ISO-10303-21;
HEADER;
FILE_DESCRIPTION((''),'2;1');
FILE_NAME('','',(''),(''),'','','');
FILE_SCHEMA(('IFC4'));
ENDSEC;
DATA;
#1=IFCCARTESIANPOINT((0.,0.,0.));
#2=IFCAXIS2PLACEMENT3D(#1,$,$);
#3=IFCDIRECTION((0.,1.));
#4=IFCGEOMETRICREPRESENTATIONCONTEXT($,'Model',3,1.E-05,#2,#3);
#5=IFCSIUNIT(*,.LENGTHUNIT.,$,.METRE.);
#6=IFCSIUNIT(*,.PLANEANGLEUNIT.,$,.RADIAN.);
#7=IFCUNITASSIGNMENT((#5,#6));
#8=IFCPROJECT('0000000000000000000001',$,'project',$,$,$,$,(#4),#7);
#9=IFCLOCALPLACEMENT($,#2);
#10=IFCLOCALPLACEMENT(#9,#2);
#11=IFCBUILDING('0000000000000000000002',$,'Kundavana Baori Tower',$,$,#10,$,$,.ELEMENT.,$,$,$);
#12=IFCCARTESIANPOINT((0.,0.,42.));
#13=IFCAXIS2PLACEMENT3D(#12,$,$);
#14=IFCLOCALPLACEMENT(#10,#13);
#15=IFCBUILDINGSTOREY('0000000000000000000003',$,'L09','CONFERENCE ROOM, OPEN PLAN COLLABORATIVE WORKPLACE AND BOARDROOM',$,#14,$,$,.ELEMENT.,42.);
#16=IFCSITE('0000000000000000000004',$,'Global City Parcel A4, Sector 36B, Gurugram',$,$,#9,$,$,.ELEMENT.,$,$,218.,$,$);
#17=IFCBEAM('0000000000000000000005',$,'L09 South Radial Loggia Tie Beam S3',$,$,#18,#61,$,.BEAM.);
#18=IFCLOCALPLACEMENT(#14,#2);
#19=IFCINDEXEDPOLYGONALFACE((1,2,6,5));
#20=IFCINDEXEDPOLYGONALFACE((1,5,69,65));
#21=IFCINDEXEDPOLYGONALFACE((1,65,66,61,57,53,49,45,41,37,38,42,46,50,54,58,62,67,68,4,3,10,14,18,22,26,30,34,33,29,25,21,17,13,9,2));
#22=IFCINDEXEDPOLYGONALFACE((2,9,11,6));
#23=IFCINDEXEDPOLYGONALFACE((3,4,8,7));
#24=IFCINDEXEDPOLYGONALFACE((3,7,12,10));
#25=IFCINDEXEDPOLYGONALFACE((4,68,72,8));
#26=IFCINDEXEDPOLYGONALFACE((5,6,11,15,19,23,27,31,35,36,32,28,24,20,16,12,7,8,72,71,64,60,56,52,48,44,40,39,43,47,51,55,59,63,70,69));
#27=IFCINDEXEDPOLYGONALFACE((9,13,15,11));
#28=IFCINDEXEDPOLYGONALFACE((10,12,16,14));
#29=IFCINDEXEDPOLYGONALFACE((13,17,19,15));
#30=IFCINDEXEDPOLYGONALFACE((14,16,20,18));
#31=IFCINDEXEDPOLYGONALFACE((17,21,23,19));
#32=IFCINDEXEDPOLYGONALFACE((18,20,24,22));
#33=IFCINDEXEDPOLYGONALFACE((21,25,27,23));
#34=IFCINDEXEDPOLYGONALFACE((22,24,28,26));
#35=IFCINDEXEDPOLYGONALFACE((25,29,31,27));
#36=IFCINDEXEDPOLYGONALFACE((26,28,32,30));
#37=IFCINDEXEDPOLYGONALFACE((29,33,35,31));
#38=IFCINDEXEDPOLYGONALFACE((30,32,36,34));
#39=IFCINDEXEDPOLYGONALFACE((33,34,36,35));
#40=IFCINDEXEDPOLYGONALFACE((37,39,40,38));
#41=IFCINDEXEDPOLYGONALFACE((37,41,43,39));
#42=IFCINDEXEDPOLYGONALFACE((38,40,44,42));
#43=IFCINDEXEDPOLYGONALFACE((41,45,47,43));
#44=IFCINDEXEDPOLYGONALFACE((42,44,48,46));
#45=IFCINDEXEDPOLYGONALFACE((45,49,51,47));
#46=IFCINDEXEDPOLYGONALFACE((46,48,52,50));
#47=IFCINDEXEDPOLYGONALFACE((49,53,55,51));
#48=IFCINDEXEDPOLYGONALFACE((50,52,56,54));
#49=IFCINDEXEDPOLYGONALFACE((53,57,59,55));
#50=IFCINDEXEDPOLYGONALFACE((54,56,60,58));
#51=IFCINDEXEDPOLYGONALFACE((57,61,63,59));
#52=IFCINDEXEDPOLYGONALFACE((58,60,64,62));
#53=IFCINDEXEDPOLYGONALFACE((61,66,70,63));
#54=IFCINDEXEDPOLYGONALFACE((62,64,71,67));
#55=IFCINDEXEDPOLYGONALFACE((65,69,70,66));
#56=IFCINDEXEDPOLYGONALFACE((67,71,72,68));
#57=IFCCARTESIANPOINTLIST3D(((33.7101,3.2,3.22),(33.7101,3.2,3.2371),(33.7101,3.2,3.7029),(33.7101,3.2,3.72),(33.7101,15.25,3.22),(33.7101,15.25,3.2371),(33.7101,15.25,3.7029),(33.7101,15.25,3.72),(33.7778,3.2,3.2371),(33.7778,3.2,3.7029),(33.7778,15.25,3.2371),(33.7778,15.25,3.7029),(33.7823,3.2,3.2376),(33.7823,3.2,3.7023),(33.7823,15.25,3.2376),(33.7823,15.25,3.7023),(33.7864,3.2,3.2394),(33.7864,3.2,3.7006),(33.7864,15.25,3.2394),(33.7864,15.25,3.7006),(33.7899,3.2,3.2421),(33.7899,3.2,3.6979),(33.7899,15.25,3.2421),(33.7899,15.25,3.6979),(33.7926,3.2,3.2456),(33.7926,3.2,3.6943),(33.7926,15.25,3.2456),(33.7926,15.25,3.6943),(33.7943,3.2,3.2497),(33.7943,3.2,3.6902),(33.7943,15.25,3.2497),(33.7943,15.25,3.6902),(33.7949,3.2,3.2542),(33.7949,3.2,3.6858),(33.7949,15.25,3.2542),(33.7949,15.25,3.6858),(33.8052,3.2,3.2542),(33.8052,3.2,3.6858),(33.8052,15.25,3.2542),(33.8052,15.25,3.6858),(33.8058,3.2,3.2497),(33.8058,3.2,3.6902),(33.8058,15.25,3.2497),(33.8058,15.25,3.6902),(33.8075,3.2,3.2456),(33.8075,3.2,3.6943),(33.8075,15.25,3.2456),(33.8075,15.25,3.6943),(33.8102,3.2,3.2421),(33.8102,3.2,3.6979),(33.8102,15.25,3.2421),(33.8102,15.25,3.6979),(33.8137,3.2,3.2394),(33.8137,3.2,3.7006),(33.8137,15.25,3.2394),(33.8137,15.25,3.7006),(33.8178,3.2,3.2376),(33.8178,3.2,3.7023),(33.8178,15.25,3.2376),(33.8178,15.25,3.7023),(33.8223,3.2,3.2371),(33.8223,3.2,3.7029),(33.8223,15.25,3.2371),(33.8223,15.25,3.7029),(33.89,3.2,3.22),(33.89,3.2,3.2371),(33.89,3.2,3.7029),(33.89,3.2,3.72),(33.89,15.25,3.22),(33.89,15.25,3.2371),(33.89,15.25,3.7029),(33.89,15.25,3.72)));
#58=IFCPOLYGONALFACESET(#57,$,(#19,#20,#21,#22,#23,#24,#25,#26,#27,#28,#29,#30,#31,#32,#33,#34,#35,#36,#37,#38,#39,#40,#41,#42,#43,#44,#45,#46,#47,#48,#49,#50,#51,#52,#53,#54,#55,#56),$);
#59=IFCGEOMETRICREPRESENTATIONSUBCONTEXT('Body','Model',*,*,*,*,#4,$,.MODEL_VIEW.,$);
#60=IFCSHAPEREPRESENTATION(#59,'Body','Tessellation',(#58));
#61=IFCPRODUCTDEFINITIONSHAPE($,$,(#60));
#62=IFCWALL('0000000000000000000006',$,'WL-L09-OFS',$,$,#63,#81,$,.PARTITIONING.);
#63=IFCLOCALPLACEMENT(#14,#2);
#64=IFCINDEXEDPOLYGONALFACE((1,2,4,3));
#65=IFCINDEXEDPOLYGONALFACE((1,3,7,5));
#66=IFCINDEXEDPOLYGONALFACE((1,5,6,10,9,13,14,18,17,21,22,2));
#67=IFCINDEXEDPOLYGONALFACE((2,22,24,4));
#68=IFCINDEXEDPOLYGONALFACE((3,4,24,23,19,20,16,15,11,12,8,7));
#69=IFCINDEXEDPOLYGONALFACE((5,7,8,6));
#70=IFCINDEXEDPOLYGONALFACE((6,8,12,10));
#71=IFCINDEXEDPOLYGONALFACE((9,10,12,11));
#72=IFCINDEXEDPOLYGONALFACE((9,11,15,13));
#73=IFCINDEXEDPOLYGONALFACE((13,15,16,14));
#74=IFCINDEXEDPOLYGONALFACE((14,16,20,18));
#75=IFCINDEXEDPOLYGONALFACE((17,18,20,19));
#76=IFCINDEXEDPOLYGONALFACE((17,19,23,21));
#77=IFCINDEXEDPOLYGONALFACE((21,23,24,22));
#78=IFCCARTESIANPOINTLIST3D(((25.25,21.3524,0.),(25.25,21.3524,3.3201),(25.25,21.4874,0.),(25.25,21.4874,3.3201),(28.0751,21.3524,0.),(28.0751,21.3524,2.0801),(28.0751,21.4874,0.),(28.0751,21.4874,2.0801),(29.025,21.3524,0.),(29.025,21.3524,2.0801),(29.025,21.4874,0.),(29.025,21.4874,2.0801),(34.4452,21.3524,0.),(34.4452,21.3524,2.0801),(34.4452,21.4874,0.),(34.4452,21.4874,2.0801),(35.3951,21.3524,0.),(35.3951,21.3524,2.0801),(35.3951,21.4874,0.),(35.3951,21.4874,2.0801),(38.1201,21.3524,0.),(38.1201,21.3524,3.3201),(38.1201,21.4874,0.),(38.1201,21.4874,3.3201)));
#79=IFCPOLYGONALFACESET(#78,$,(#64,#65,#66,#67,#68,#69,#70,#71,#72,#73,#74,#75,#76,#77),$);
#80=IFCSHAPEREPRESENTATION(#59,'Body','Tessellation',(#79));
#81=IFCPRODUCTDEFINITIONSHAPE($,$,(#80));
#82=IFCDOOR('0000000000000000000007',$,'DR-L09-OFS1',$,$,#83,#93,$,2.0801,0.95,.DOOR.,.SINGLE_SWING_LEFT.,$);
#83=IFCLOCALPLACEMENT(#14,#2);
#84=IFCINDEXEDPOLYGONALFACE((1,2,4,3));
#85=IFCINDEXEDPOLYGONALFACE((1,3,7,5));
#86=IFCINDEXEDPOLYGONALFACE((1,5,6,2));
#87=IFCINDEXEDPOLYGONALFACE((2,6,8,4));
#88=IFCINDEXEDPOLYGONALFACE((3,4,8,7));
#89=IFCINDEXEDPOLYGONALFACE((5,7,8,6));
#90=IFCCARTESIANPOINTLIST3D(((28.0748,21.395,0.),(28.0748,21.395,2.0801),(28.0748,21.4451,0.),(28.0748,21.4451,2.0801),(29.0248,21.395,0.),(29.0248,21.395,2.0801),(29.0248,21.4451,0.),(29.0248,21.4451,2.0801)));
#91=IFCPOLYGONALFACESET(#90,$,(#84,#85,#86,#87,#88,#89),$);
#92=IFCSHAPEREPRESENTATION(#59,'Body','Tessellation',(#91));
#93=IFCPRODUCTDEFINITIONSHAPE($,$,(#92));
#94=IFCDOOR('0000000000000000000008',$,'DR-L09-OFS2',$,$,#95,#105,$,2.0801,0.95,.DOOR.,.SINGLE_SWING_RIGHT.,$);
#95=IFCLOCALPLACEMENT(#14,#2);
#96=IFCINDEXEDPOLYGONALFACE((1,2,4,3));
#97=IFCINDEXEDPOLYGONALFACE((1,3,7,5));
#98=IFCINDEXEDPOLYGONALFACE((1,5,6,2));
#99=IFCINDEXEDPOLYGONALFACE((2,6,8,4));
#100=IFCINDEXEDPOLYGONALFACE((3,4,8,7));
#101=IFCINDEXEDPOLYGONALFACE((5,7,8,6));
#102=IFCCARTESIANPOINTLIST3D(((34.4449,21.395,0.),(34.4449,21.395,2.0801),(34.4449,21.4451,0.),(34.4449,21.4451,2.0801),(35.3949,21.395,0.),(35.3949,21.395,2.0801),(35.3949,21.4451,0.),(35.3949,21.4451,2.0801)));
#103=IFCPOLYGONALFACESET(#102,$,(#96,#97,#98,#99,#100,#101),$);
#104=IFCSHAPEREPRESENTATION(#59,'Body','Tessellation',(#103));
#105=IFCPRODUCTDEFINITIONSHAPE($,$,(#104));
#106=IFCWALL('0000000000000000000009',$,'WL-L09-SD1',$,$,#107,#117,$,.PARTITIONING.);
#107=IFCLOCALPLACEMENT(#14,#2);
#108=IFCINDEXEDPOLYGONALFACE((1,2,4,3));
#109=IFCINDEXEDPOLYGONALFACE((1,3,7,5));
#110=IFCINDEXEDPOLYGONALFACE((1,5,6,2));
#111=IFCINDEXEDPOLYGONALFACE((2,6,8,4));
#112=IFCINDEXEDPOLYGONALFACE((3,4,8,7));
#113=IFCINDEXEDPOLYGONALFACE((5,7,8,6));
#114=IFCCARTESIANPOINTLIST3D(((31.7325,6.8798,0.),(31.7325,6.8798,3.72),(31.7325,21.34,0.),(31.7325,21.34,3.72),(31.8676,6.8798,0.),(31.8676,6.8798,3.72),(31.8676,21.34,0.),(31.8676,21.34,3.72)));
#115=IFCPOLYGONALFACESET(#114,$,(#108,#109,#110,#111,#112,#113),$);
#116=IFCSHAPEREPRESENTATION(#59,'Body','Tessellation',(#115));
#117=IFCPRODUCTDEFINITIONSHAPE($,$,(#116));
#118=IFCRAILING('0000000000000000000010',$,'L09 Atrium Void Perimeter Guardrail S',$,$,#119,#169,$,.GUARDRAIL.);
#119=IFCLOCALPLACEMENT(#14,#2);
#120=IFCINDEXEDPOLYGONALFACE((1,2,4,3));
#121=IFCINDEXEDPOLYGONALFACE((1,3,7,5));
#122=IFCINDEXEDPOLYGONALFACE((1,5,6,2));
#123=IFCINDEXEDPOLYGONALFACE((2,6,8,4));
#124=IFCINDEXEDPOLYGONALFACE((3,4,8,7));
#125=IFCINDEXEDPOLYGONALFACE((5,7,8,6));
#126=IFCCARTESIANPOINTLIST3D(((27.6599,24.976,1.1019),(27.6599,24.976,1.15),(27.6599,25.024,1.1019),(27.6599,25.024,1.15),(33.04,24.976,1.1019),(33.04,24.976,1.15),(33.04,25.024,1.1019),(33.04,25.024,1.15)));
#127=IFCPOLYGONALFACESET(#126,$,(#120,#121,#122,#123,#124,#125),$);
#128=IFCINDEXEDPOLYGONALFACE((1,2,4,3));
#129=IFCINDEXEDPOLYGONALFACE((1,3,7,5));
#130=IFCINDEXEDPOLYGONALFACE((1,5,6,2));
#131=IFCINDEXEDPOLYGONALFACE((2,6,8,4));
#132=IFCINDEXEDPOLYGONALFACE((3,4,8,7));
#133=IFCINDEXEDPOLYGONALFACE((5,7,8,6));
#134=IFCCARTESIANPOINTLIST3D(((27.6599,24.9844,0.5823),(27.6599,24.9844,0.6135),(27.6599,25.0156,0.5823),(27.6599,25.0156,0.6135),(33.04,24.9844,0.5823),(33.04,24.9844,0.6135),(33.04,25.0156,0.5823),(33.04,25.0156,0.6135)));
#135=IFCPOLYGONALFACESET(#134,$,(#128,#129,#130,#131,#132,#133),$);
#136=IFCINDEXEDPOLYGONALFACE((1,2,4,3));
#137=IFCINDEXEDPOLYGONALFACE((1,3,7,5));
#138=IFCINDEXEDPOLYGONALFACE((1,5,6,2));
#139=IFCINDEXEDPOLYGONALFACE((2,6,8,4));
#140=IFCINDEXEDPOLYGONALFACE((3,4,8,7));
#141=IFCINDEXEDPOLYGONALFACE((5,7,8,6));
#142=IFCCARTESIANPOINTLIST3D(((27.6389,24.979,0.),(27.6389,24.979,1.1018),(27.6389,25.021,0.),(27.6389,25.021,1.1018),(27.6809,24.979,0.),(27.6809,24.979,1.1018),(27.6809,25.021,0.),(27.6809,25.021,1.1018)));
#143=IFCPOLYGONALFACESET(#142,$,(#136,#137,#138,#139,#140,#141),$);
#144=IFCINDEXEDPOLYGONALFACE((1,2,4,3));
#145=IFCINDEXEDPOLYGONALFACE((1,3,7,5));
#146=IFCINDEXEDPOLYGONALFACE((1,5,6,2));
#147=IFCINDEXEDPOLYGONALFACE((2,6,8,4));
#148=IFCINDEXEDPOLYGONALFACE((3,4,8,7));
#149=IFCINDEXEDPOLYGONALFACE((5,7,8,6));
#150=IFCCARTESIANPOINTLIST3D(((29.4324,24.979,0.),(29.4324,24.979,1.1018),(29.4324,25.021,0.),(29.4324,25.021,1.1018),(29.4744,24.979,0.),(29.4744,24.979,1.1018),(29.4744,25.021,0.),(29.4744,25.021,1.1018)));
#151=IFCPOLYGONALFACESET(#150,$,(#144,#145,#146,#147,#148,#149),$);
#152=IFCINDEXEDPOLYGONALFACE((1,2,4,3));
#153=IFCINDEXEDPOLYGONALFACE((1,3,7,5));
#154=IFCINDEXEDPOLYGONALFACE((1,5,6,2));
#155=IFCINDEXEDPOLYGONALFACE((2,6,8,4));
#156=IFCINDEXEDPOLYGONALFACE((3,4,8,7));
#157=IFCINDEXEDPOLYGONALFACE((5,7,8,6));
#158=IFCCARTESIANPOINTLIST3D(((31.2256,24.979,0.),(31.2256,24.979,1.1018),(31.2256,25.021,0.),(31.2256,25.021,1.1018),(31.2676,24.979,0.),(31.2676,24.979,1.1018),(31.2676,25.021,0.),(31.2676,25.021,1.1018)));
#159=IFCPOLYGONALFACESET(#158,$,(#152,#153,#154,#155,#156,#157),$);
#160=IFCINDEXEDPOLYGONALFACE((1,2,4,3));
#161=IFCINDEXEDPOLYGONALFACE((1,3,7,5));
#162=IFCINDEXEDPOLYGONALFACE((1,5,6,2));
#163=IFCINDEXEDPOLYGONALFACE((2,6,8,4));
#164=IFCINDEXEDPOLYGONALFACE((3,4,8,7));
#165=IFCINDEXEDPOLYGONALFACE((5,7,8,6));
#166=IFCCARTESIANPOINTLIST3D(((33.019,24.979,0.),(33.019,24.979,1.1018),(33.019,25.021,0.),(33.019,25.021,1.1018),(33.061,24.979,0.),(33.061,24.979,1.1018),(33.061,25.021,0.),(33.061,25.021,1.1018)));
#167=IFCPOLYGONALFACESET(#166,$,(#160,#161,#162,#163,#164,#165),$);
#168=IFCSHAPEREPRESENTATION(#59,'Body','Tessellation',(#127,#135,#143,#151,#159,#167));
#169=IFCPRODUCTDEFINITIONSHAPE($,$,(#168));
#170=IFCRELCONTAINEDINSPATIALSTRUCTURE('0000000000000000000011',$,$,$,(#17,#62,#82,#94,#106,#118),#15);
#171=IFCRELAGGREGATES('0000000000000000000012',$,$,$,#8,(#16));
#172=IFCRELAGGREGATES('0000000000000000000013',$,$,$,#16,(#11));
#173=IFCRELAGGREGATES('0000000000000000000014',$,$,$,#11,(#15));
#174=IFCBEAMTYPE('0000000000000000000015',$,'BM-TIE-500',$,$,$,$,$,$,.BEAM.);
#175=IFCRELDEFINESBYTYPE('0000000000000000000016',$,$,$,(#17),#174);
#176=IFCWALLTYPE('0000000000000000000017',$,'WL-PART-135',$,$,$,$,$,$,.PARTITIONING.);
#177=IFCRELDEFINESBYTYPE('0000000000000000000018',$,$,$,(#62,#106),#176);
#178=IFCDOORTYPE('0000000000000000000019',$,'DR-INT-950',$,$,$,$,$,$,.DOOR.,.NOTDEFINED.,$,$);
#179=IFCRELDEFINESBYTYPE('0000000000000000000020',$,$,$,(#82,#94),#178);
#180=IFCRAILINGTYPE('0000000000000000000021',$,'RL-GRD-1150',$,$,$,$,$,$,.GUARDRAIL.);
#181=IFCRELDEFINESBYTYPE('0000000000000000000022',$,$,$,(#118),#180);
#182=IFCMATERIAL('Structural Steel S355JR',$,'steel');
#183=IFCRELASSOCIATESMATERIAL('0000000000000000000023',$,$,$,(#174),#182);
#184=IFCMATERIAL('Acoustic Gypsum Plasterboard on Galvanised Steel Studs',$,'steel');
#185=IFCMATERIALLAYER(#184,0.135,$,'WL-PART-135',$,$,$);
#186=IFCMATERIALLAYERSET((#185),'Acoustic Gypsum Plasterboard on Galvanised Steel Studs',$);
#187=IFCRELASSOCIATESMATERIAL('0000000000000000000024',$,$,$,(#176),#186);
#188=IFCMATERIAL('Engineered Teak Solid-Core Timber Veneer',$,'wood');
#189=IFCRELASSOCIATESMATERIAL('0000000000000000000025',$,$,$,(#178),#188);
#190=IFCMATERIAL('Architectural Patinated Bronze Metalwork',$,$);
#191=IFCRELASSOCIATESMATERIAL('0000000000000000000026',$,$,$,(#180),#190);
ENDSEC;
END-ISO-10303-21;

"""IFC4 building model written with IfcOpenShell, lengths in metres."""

from ifc_helpers import new_model, si_unit, direction, frame, frame_2d, origin, origin_2d, place, context, subcontext, project, spatial, rectangle, i_section, extrude, material, layer, layer_set, material_profile, profile_set, type_object, element, fill, save


model = new_model("IFC4")

# Units and contexts
model_context = context("Model", 3, precision=1e-05, world=origin(), true_north=direction((0.0, 1.0)))
body_context = subcontext(model_context, "Body", "Model", "MODEL_VIEW")
ifc_project = project(units=[si_unit("LENGTHUNIT", "METRE"), si_unit("PLANEANGLEUNIT", "RADIAN")], contexts=[model_context])

# Site, building, storey
site_placement = place(None, origin())
site = spatial("IfcSite", under=ifc_project, at=site_placement, Name="Global City Parcel A4, Sector 36B, Gurugram", CompositionType="ELEMENT", RefElevation=218.0)
building_placement = place(site_placement, origin())
building = spatial("IfcBuilding", under=site, at=building_placement, Name="Kundavana Baori Tower", CompositionType="ELEMENT")
storey_placement = place(building_placement, frame((0.0, 0.0, 42.0)))
storey = spatial("IfcBuildingStorey", under=building, at=storey_placement, Name="L09", Description="CONFERENCE ROOM, OPEN PLAN COLLABORATIVE WORKPLACE AND BOARDROOM", CompositionType="ELEMENT", Elevation=42.0)

# Beam
ifc_material_1 = material(Name="Structural Steel S355JR", Category="steel")
ifc_material_profile_1 = material_profile(ifc_material_1, i_section(OverallWidth=0.1799, OverallDepth=0.5, WebThickness=0.0103, FlangeThickness=0.0171, FilletRadius=0.0171, at=origin_2d()), Name="ISMB 500")
ifc_profile_set_1 = profile_set([ifc_material_profile_1], Name="Structural Steel S355JR")
beam_type_1 = type_object("IfcBeamType", Name="BM-TIE-500", PredefinedType="BEAM", material=ifc_profile_set_1)
for number, where, z_axis, x_axis, name in (
    (1, (33.8, 15.25, 3.47), (0.0, -1.0, 0.0), (1.0, 0.0, 0.0), "L09 South Radial Loggia Tie Beam S3"),
):
    element("IfcBeam", number, at=place(storey_placement, frame(where, z_axis=z_axis, x_axis=x_axis)), inside=storey, type_object=beam_type_1, Name=name, PredefinedType="BEAM", context=body_context, shape_type="SweptSolid", body=[
        extrude(i_section(OverallWidth=0.1799, OverallDepth=0.5, WebThickness=0.0103, FlangeThickness=0.0171, FilletRadius=0.0171, at=origin_2d()), origin(), (0.0, 0.0, 1.0), 12.05),
    ])

# Wall, openings, doors
ifc_material_2 = material(Name="Acoustic Gypsum Plasterboard on Galvanised Steel Studs", Category="steel")
ifc_layer = layer(ifc_material_2, 0.135, Name="WL-PART-135")
ifc_layer_set = layer_set([ifc_layer], Name="Acoustic Gypsum Plasterboard on Galvanised Steel Studs")
wall_type = type_object("IfcWallType", Name="WL-PART-135", PredefinedType="PARTITIONING", material=ifc_layer_set)
wall_1_placement = place(storey_placement, frame((25.25, 21.4199, 0.0), z_axis=(0.0, 0.0, 1.0), x_axis=(1.0, 0.0, 0.0)))
wall_1 = element("IfcWall", 2, at=wall_1_placement, inside=storey, type_object=wall_type, Name="WL-L09-OFS", PredefinedType="PARTITIONING", context=body_context, shape_type="SweptSolid", body=[
    extrude(rectangle(XDim=12.8701, YDim=0.135, at=frame_2d((6.4351, 0.0))), origin(), (0.0, 0.0, 1.0), 3.3201),
])
opening_1_placement = place(wall_1_placement, frame((2.825, 0.0, 0.0)))
opening_1 = element("IfcOpeningElement", 3, at=opening_1_placement, cuts=wall_1, PredefinedType="OPENING", context=body_context, shape_type="SweptSolid", body=[
    extrude(rectangle(XDim=0.95, YDim=2.0801, at=frame_2d((0.4751, 1.04))), frame((0.0, 0.0776, 0.0), z_axis=(0.0, -1.0, 0.0), x_axis=(1.0, 0.0, 0.0)), (0.0, 0.0, 1.0), 0.155),
])
opening_2_placement = place(wall_1_placement, frame((9.1951, 0.0, 0.0)))
opening_2 = element("IfcOpeningElement", 4, at=opening_2_placement, cuts=wall_1, PredefinedType="OPENING", context=body_context, shape_type="SweptSolid", body=[
    extrude(rectangle(XDim=0.95, YDim=2.0801, at=frame_2d((0.4751, 1.04))), frame((0.0, 0.0776, 0.0), z_axis=(0.0, -1.0, 0.0), x_axis=(1.0, 0.0, 0.0)), (0.0, 0.0, 1.0), 0.155),
])
ifc_material_3 = material(Name="Engineered Teak Solid-Core Timber Veneer", Category="wood")
door_type = type_object("IfcDoorType", Name="DR-INT-950", OperationType="NOTDEFINED", PredefinedType="DOOR", material=ifc_material_3)
door_1_placement = place(opening_1_placement, frame((0.95, 0.0, 0.0), z_axis=(0.0, 0.0, 1.0), x_axis=(-1.0, 0.0, 0.0)))
door_1 = element("IfcDoor", 5, at=door_1_placement, inside=storey, type_object=door_type, Name="DR-L09-OFS1", OperationType="SINGLE_SWING_LEFT", OverallHeight=2.0801, OverallWidth=0.95, PredefinedType="DOOR", context=body_context, shape_type="SweptSolid", body=[
    extrude(rectangle(XDim=0.95, YDim=2.0801, at=frame_2d((0.4751, 1.04))), frame((0.0, 0.0249, 0.0), z_axis=(0.0, -1.0, 0.0), x_axis=(1.0, 0.0, 0.0)), (0.0, 0.0, 1.0), 0.05),
])
fill(opening_1, door_1)
door_2_placement = place(opening_2_placement, frame((0.95, 0.0, 0.0), z_axis=(0.0, 0.0, 1.0), x_axis=(-1.0, 0.0, 0.0)))
door_2 = element("IfcDoor", 6, at=door_2_placement, inside=storey, type_object=door_type, Name="DR-L09-OFS2", OperationType="SINGLE_SWING_RIGHT", OverallHeight=2.0801, OverallWidth=0.95, PredefinedType="DOOR", context=body_context, shape_type="SweptSolid", body=[
    extrude(rectangle(XDim=0.95, YDim=2.0801, at=frame_2d((0.4751, 1.04))), frame((0.0, 0.0249, 0.0), z_axis=(0.0, -1.0, 0.0), x_axis=(1.0, 0.0, 0.0)), (0.0, 0.0, 1.0), 0.05),
])
fill(opening_2, door_2)

# Wall
wall_2_placement = place(storey_placement, frame((31.8, 6.8799, 0.0), z_axis=(0.0, 0.0, 1.0), x_axis=(0.0, 1.0, 0.0)))
element("IfcWall", 7, at=wall_2_placement, inside=storey, type_object=wall_type, Name="WL-L09-SD1", PredefinedType="PARTITIONING", context=body_context, shape_type="SweptSolid", body=[
    extrude(rectangle(XDim=14.4602, YDim=0.135, at=frame_2d((7.23, 0.0))), origin(), (0.0, 0.0, 1.0), 3.72),
])

# Railing
ifc_material_4 = material(Name="Architectural Patinated Bronze Metalwork")
railing_type = type_object("IfcRailingType", Name="RL-GRD-1150", PredefinedType="GUARDRAIL", material=ifc_material_4)
railing_1_placement = place(storey_placement, frame((27.6599, 25.0, 0.0)))
element("IfcRailing", 8, at=railing_1_placement, inside=storey, type_object=railing_type, Name="L09 Atrium Void Perimeter Guardrail S", PredefinedType="GUARDRAIL", context=body_context, shape_type="SweptSolid", body=[
    extrude(rectangle(XDim=0.0481, YDim=0.0481, at=origin_2d()), frame((0.0, 0.0, 1.126), z_axis=(1.0, 0.0, 0.0), x_axis=(0.0, 1.0, 0.0)), (0.0, 0.0, 1.0), 5.3801),
    extrude(rectangle(XDim=0.0312, YDim=0.0312, at=origin_2d()), frame((0.0, 0.0, 0.5979), z_axis=(1.0, 0.0, 0.0), x_axis=(0.0, 1.0, 0.0)), (0.0, 0.0, 1.0), 5.3801),
    extrude(rectangle(XDim=0.042, YDim=0.042, at=origin_2d()), origin(), (0.0, 0.0, 1.0), 1.1018),
    extrude(rectangle(XDim=0.042, YDim=0.042, at=origin_2d()), frame((1.7935, 0.0, 0.0)), (0.0, 0.0, 1.0), 1.1018),
    extrude(rectangle(XDim=0.042, YDim=0.042, at=origin_2d()), frame((3.5867, 0.0, 0.0)), (0.0, 0.0, 1.0), 1.1018),
    extrude(rectangle(XDim=0.042, YDim=0.042, at=origin_2d()), frame((5.3801, 0.0, 0.0)), (0.0, 0.0, 1.0), 1.1018),
])

save(model, "model.ifc")
